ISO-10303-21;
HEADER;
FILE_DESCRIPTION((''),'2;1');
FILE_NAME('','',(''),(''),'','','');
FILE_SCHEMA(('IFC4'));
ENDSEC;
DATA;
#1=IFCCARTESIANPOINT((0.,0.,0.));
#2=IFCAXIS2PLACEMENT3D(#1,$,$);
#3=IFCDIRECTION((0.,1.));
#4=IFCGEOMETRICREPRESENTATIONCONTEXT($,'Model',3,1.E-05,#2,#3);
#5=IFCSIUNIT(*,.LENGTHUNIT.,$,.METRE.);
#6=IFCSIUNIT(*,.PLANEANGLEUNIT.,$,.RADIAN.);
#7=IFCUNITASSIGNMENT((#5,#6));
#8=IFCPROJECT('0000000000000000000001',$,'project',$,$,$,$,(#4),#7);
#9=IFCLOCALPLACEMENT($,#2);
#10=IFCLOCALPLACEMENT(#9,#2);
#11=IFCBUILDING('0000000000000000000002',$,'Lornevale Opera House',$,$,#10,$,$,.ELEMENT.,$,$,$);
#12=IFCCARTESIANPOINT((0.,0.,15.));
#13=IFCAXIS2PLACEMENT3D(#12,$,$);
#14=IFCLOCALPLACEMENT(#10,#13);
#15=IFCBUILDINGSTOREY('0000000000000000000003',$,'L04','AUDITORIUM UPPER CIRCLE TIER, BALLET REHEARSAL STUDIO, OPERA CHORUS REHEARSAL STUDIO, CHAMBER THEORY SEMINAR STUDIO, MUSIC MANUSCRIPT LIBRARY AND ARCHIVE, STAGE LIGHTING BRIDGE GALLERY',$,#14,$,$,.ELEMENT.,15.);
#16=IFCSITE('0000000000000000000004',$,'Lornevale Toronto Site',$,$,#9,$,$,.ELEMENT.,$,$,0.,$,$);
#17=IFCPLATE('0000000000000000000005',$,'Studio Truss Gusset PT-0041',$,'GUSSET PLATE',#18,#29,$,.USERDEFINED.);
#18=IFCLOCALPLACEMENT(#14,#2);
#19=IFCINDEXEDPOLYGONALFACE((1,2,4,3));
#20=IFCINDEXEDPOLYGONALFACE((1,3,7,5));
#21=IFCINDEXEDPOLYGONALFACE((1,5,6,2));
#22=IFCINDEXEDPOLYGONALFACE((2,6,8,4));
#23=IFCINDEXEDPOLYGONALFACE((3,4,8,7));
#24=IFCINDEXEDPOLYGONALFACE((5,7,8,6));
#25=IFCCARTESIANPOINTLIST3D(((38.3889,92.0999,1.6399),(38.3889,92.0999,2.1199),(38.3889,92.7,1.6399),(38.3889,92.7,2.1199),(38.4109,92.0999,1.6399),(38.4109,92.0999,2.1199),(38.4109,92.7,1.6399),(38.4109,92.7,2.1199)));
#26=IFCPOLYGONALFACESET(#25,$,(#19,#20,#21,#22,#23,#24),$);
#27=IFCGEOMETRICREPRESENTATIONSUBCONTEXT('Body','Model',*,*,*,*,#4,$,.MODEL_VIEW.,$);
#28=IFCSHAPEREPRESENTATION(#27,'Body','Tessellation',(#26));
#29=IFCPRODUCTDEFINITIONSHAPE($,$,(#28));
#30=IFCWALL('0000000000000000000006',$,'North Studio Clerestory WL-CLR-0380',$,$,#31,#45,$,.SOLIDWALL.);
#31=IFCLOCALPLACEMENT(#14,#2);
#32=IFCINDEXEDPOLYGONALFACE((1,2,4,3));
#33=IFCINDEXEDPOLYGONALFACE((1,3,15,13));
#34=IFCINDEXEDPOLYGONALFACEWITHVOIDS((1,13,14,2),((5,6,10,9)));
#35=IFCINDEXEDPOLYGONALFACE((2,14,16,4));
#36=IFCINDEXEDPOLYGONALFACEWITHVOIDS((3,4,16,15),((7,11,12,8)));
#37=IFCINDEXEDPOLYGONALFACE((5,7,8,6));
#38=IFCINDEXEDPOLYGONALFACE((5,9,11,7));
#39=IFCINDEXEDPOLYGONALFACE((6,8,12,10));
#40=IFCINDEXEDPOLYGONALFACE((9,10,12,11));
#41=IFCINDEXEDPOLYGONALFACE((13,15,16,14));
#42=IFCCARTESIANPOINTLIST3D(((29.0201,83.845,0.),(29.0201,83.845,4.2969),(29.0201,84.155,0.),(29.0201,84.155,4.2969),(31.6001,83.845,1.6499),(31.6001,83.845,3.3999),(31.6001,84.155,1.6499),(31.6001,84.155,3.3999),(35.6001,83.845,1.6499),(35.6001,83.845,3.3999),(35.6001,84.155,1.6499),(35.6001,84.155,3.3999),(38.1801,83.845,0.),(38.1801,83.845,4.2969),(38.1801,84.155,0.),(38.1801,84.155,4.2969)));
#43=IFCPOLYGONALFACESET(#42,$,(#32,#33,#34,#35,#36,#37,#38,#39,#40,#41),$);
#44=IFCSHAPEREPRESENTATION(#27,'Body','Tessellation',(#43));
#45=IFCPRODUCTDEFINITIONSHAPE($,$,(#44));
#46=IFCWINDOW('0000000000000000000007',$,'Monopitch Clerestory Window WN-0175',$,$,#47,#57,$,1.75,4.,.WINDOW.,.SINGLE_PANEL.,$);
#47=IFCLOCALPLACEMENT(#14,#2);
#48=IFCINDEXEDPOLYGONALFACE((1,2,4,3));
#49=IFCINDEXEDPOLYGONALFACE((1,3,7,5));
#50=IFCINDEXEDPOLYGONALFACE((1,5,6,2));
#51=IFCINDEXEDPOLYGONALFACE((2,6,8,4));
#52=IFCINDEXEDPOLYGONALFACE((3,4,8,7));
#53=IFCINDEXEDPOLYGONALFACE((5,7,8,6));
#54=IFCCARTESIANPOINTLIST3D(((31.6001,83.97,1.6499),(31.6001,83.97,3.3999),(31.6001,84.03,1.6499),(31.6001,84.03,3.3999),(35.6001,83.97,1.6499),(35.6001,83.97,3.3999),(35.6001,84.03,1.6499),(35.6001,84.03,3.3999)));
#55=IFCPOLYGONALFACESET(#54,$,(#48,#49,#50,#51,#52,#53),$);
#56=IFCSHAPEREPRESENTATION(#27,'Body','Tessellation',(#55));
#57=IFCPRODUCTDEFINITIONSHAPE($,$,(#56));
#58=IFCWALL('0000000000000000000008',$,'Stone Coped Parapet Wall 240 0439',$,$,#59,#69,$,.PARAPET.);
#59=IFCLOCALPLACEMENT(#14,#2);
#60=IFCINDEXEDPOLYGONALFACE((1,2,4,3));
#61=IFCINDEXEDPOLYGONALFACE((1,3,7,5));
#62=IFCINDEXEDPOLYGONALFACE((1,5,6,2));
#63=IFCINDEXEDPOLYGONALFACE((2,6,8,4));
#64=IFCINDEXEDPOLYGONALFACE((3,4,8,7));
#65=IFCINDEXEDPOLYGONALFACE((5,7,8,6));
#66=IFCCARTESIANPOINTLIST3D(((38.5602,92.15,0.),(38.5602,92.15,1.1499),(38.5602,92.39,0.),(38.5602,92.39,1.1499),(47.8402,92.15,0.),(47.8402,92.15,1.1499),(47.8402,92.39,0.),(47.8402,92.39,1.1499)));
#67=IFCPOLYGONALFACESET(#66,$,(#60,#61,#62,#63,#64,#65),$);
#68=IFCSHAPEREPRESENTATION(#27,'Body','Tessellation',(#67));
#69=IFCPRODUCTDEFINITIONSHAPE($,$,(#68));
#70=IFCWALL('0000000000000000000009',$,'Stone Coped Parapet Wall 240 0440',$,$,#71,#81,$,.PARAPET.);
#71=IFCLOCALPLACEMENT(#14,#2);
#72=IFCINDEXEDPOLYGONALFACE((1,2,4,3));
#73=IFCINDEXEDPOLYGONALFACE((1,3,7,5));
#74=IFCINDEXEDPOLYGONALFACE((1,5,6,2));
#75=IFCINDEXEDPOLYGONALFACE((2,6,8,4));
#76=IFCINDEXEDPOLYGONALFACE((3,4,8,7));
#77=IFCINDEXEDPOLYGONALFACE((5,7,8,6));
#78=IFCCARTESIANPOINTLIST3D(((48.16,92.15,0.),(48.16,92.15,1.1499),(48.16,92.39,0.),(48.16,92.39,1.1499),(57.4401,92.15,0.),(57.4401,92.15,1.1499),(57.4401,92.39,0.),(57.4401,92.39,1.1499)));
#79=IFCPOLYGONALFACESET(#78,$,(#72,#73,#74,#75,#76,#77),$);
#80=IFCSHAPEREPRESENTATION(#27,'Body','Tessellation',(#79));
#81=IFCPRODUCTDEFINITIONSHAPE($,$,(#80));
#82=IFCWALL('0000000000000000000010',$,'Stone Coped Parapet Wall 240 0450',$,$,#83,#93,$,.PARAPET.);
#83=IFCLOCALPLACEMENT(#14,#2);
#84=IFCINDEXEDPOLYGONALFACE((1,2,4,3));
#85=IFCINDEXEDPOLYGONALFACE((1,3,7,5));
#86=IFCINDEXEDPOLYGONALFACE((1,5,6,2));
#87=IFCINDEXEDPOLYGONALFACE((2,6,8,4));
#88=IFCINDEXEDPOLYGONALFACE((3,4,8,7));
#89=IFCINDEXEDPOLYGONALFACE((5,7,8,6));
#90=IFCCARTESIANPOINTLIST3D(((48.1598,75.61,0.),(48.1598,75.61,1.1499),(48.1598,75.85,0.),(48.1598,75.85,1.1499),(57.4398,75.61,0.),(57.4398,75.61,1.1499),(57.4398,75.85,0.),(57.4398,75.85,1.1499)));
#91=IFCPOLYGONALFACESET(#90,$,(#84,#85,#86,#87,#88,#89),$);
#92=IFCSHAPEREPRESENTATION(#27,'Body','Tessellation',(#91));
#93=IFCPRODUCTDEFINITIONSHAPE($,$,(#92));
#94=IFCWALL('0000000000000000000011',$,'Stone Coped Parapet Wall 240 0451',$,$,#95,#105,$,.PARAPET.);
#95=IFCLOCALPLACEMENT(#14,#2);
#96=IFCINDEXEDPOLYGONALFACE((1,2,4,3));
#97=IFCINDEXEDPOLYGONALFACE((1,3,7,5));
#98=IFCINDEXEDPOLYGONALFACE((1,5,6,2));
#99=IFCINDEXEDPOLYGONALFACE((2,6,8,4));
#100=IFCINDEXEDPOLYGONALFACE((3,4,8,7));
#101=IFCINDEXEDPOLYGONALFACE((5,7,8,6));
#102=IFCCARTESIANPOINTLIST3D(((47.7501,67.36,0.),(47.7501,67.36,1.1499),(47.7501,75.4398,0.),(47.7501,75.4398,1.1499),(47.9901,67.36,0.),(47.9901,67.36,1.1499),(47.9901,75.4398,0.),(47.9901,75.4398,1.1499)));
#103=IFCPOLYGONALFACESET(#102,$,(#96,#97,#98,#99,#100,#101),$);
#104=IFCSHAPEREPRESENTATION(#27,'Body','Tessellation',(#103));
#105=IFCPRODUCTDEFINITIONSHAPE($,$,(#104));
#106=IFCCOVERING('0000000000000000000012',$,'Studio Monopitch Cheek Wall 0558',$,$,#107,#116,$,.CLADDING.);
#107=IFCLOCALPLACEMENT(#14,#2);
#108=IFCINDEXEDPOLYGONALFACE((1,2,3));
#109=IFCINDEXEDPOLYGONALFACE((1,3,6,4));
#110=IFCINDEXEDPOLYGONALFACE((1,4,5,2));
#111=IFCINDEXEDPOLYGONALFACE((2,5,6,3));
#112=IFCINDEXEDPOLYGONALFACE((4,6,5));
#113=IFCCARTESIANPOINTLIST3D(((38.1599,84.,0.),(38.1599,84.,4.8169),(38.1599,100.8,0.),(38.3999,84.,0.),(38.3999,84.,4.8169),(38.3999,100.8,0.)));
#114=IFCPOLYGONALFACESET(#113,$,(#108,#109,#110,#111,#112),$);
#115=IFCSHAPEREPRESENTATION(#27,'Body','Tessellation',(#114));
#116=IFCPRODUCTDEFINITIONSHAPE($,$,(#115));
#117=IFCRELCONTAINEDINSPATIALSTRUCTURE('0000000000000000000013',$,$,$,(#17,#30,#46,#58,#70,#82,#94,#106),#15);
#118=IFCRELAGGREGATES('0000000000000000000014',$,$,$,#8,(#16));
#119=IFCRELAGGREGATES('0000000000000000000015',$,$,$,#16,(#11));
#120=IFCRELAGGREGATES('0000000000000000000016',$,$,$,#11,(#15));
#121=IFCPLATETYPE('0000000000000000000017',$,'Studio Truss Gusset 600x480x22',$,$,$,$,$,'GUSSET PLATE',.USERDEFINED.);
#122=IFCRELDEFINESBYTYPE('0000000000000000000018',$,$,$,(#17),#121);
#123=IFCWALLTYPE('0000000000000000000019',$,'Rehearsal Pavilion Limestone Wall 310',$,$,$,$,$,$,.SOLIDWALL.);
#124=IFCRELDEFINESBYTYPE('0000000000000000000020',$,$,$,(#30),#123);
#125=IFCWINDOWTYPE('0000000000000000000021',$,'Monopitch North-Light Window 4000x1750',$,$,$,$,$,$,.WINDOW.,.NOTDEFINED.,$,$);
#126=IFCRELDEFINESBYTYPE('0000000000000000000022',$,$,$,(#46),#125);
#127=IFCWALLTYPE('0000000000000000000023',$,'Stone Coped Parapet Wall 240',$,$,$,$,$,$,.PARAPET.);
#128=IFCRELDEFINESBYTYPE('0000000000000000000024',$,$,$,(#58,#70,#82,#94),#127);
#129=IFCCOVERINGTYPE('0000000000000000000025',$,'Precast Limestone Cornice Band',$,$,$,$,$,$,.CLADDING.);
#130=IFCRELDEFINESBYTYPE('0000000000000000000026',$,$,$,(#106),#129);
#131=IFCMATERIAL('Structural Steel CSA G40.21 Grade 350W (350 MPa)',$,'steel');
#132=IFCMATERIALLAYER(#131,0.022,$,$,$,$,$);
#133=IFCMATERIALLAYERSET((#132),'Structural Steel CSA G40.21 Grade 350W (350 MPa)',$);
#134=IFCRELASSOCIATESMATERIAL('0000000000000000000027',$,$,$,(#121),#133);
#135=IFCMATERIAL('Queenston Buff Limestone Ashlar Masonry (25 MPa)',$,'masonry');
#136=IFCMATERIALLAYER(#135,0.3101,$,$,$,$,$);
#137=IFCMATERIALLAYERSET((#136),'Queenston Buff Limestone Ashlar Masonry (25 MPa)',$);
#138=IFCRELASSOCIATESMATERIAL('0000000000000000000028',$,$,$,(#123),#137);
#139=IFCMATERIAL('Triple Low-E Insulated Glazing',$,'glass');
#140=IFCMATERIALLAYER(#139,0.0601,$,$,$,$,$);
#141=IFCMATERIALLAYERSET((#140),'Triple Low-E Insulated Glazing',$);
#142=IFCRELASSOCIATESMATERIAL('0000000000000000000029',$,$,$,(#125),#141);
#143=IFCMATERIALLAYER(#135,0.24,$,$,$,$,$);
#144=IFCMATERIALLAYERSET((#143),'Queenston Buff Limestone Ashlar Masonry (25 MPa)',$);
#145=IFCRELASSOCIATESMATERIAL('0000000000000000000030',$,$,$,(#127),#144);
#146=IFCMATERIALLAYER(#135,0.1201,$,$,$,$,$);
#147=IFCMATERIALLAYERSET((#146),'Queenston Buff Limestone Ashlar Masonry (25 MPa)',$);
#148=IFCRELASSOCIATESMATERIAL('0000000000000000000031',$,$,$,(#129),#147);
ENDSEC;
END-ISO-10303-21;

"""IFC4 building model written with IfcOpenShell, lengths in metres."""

from ifc_helpers import new_model, si_unit, direction, frame, frame_2d, origin, origin_2d, place, context, subcontext, project, spatial, polyline, rectangle, outline, extrude, material, layer, layer_set, type_object, element, fill, save


model = new_model("IFC4")

# Units and contexts
model_context = context("Model", 3, precision=1e-05, world=origin(), true_north=direction((0.0, 1.0)))
body_context = subcontext(model_context, "Body", "Model", "MODEL_VIEW")
ifc_project = project(units=[si_unit("LENGTHUNIT", "METRE"), si_unit("PLANEANGLEUNIT", "RADIAN")], contexts=[model_context])

# Site, building, storey
site_placement = place(None, origin())
site = spatial("IfcSite", under=ifc_project, at=site_placement, Name="Lornevale Toronto Site", CompositionType="ELEMENT", RefElevation=0.0)
building_placement = place(site_placement, origin())
building = spatial("IfcBuilding", under=site, at=building_placement, Name="Lornevale Opera House", CompositionType="ELEMENT")
storey_placement = place(building_placement, frame((0.0, 0.0, 15.0)))
storey = spatial("IfcBuildingStorey", under=building, at=storey_placement, Name="L04", Description="AUDITORIUM UPPER CIRCLE TIER, BALLET REHEARSAL STUDIO, OPERA CHORUS REHEARSAL STUDIO, CHAMBER THEORY SEMINAR STUDIO, MUSIC MANUSCRIPT LIBRARY AND ARCHIVE, STAGE LIGHTING BRIDGE GALLERY", CompositionType="ELEMENT", Elevation=15.0)

# Shared definitions
ifc_material_1 = material(Name="Structural Steel CSA G40.21 Grade 350W (350 MPa)", Category="steel")

# Plate
ifc_layer_1 = layer(ifc_material_1, 0.022)
ifc_layer_set_1 = layer_set([ifc_layer_1], Name="Structural Steel CSA G40.21 Grade 350W (350 MPa)")
plate_type = type_object("IfcPlateType", Name="Studio Truss Gusset 600x480x22", ElementType="GUSSET PLATE", PredefinedType="USERDEFINED", material=ifc_layer_set_1)
for number, where, z_axis, x_axis, name in (
    (1, (38.3999, 92.3999, 1.6399), (0.0, 0.0, 1.0), (0.0, 1.0, 0.0), "Studio Truss Gusset PT-0041"),
):
    element("IfcPlate", number, at=place(storey_placement, frame(where, z_axis=z_axis, x_axis=x_axis)), inside=storey, type_object=plate_type, Name=name, ObjectType="GUSSET PLATE", PredefinedType="USERDEFINED", context=body_context, shape_type="SweptSolid", body=[
        extrude(rectangle(XDim=0.6001, YDim=0.022, at=origin_2d()), origin(), (0.0, 0.0, 1.0), 0.48),
    ])

# Wall, opening, window
ifc_material_2 = material(Name="Queenston Buff Limestone Ashlar Masonry (25 MPa)", Category="masonry")
ifc_layer_2 = layer(ifc_material_2, 0.3101)
ifc_layer_set_2 = layer_set([ifc_layer_2], Name="Queenston Buff Limestone Ashlar Masonry (25 MPa)")
wall_type_1 = type_object("IfcWallType", Name="Rehearsal Pavilion Limestone Wall 310", PredefinedType="SOLIDWALL", material=ifc_layer_set_2)
wall_1_placement = place(storey_placement, frame((29.02, 84.0, 0.0), z_axis=(0.0, 0.0, 1.0), x_axis=(1.0, 0.0, 0.0)))
wall_1 = element("IfcWall", 2, at=wall_1_placement, inside=storey, type_object=wall_type_1, Name="North Studio Clerestory WL-CLR-0380", PredefinedType="SOLIDWALL", context=body_context, shape_type="SweptSolid", body=[
    extrude(rectangle(XDim=9.1599, YDim=0.3101, at=frame_2d((4.5801, 0.0))), origin(), (0.0, 0.0, 1.0), 4.2969),
])
opening_placement = place(wall_1_placement, frame((2.5801, 0.0, 1.6499)))
opening = element("IfcOpeningElement", 3, at=opening_placement, cuts=wall_1, PredefinedType="OPENING", context=body_context, shape_type="SweptSolid", body=[
    extrude(rectangle(XDim=4.0, YDim=1.75, at=frame_2d((2.0, 0.875))), frame((0.0, 0.165, 0.0), z_axis=(0.0, -1.0, 0.0), x_axis=(1.0, 0.0, 0.0)), (0.0, 0.0, 1.0), 0.3301),
])
ifc_material_3 = material(Name="Triple Low-E Insulated Glazing", Category="glass")
ifc_layer_3 = layer(ifc_material_3, 0.0601)
ifc_layer_set_3 = layer_set([ifc_layer_3], Name="Triple Low-E Insulated Glazing")
window_type = type_object("IfcWindowType", Name="Monopitch North-Light Window 4000x1750", PartitioningType="NOTDEFINED", PredefinedType="WINDOW", material=ifc_layer_set_3)
window_placement = place(opening_placement, origin())
window = element("IfcWindow", 4, at=window_placement, inside=storey, type_object=window_type, Name="Monopitch Clerestory Window WN-0175", OverallHeight=1.75, OverallWidth=4.0, PartitioningType="SINGLE_PANEL", PredefinedType="WINDOW", context=body_context, shape_type="SweptSolid", body=[
    extrude(rectangle(XDim=4.0, YDim=1.75, at=frame_2d((2.0, 0.875))), frame((0.0, 0.03, 0.0), z_axis=(0.0, -1.0, 0.0), x_axis=(1.0, 0.0, 0.0)), (0.0, 0.0, 1.0), 0.0601),
])
fill(opening, window)

# Walls
ifc_layer_4 = layer(ifc_material_2, 0.24)
ifc_layer_set_4 = layer_set([ifc_layer_4], Name="Queenston Buff Limestone Ashlar Masonry (25 MPa)")
wall_type_2 = type_object("IfcWallType", Name="Stone Coped Parapet Wall 240", PredefinedType="PARAPET", material=ifc_layer_set_4)
for number, where, z_axis, x_axis, name in (
    (5, (38.5601, 92.27, 0.0), (0.0, 0.0, 1.0), (1.0, 0.0, 0.0), "Stone Coped Parapet Wall 240 0439"),
    (6, (48.1599, 92.27, 0.0), (0.0, 0.0, 1.0), (1.0, 0.0, 0.0), "Stone Coped Parapet Wall 240 0440"),
    (7, (57.4399, 75.73, 0.0), (0.0, 0.0, 1.0), (-1.0, 0.0, 0.0), "Stone Coped Parapet Wall 240 0450"),
):
    element("IfcWall", number, at=place(storey_placement, frame(where, z_axis=z_axis, x_axis=x_axis)), inside=storey, type_object=wall_type_2, Name=name, PredefinedType="PARAPET", context=body_context, shape_type="SweptSolid", body=[
        extrude(rectangle(XDim=9.28, YDim=0.24, at=frame_2d((4.6401, 0.0))), origin(), (0.0, 0.0, 1.0), 1.1499),
    ])
wall_2_placement = place(storey_placement, frame((47.8701, 75.4399, 0.0), z_axis=(0.0, 0.0, 1.0), x_axis=(0.0, -1.0, 0.0)))
element("IfcWall", 8, at=wall_2_placement, inside=storey, type_object=wall_type_2, Name="Stone Coped Parapet Wall 240 0451", PredefinedType="PARAPET", context=body_context, shape_type="SweptSolid", body=[
    extrude(rectangle(XDim=8.0798, YDim=0.24, at=frame_2d((4.04, 0.0))), origin(), (0.0, 0.0, 1.0), 1.1499),
])

# Covering
ifc_layer_5 = layer(ifc_material_2, 0.1201)
ifc_layer_set_5 = layer_set([ifc_layer_5], Name="Queenston Buff Limestone Ashlar Masonry (25 MPa)")
covering_type = type_object("IfcCoveringType", Name="Precast Limestone Cornice Band", PredefinedType="CLADDING", material=ifc_layer_set_5)
covering_placement = place(storey_placement, frame((38.3999, 84.0, 0.0), z_axis=(1.0, 0.0, 0.0), x_axis=(0.0, 1.0, 0.0)))
element("IfcCovering", 9, at=covering_placement, inside=storey, type_object=covering_type, Name="Studio Monopitch Cheek Wall 0558", PredefinedType="CLADDING", context=body_context, shape_type="SweptSolid", body=[
    extrude(outline(polyline([(0.0, 0.0), (16.8, 0.0), (0.0, 4.8169), (0.0, 0.0)])), origin(), (0.0, 0.0, -1.0), 0.24),
])

save(model, "model.ifc")
